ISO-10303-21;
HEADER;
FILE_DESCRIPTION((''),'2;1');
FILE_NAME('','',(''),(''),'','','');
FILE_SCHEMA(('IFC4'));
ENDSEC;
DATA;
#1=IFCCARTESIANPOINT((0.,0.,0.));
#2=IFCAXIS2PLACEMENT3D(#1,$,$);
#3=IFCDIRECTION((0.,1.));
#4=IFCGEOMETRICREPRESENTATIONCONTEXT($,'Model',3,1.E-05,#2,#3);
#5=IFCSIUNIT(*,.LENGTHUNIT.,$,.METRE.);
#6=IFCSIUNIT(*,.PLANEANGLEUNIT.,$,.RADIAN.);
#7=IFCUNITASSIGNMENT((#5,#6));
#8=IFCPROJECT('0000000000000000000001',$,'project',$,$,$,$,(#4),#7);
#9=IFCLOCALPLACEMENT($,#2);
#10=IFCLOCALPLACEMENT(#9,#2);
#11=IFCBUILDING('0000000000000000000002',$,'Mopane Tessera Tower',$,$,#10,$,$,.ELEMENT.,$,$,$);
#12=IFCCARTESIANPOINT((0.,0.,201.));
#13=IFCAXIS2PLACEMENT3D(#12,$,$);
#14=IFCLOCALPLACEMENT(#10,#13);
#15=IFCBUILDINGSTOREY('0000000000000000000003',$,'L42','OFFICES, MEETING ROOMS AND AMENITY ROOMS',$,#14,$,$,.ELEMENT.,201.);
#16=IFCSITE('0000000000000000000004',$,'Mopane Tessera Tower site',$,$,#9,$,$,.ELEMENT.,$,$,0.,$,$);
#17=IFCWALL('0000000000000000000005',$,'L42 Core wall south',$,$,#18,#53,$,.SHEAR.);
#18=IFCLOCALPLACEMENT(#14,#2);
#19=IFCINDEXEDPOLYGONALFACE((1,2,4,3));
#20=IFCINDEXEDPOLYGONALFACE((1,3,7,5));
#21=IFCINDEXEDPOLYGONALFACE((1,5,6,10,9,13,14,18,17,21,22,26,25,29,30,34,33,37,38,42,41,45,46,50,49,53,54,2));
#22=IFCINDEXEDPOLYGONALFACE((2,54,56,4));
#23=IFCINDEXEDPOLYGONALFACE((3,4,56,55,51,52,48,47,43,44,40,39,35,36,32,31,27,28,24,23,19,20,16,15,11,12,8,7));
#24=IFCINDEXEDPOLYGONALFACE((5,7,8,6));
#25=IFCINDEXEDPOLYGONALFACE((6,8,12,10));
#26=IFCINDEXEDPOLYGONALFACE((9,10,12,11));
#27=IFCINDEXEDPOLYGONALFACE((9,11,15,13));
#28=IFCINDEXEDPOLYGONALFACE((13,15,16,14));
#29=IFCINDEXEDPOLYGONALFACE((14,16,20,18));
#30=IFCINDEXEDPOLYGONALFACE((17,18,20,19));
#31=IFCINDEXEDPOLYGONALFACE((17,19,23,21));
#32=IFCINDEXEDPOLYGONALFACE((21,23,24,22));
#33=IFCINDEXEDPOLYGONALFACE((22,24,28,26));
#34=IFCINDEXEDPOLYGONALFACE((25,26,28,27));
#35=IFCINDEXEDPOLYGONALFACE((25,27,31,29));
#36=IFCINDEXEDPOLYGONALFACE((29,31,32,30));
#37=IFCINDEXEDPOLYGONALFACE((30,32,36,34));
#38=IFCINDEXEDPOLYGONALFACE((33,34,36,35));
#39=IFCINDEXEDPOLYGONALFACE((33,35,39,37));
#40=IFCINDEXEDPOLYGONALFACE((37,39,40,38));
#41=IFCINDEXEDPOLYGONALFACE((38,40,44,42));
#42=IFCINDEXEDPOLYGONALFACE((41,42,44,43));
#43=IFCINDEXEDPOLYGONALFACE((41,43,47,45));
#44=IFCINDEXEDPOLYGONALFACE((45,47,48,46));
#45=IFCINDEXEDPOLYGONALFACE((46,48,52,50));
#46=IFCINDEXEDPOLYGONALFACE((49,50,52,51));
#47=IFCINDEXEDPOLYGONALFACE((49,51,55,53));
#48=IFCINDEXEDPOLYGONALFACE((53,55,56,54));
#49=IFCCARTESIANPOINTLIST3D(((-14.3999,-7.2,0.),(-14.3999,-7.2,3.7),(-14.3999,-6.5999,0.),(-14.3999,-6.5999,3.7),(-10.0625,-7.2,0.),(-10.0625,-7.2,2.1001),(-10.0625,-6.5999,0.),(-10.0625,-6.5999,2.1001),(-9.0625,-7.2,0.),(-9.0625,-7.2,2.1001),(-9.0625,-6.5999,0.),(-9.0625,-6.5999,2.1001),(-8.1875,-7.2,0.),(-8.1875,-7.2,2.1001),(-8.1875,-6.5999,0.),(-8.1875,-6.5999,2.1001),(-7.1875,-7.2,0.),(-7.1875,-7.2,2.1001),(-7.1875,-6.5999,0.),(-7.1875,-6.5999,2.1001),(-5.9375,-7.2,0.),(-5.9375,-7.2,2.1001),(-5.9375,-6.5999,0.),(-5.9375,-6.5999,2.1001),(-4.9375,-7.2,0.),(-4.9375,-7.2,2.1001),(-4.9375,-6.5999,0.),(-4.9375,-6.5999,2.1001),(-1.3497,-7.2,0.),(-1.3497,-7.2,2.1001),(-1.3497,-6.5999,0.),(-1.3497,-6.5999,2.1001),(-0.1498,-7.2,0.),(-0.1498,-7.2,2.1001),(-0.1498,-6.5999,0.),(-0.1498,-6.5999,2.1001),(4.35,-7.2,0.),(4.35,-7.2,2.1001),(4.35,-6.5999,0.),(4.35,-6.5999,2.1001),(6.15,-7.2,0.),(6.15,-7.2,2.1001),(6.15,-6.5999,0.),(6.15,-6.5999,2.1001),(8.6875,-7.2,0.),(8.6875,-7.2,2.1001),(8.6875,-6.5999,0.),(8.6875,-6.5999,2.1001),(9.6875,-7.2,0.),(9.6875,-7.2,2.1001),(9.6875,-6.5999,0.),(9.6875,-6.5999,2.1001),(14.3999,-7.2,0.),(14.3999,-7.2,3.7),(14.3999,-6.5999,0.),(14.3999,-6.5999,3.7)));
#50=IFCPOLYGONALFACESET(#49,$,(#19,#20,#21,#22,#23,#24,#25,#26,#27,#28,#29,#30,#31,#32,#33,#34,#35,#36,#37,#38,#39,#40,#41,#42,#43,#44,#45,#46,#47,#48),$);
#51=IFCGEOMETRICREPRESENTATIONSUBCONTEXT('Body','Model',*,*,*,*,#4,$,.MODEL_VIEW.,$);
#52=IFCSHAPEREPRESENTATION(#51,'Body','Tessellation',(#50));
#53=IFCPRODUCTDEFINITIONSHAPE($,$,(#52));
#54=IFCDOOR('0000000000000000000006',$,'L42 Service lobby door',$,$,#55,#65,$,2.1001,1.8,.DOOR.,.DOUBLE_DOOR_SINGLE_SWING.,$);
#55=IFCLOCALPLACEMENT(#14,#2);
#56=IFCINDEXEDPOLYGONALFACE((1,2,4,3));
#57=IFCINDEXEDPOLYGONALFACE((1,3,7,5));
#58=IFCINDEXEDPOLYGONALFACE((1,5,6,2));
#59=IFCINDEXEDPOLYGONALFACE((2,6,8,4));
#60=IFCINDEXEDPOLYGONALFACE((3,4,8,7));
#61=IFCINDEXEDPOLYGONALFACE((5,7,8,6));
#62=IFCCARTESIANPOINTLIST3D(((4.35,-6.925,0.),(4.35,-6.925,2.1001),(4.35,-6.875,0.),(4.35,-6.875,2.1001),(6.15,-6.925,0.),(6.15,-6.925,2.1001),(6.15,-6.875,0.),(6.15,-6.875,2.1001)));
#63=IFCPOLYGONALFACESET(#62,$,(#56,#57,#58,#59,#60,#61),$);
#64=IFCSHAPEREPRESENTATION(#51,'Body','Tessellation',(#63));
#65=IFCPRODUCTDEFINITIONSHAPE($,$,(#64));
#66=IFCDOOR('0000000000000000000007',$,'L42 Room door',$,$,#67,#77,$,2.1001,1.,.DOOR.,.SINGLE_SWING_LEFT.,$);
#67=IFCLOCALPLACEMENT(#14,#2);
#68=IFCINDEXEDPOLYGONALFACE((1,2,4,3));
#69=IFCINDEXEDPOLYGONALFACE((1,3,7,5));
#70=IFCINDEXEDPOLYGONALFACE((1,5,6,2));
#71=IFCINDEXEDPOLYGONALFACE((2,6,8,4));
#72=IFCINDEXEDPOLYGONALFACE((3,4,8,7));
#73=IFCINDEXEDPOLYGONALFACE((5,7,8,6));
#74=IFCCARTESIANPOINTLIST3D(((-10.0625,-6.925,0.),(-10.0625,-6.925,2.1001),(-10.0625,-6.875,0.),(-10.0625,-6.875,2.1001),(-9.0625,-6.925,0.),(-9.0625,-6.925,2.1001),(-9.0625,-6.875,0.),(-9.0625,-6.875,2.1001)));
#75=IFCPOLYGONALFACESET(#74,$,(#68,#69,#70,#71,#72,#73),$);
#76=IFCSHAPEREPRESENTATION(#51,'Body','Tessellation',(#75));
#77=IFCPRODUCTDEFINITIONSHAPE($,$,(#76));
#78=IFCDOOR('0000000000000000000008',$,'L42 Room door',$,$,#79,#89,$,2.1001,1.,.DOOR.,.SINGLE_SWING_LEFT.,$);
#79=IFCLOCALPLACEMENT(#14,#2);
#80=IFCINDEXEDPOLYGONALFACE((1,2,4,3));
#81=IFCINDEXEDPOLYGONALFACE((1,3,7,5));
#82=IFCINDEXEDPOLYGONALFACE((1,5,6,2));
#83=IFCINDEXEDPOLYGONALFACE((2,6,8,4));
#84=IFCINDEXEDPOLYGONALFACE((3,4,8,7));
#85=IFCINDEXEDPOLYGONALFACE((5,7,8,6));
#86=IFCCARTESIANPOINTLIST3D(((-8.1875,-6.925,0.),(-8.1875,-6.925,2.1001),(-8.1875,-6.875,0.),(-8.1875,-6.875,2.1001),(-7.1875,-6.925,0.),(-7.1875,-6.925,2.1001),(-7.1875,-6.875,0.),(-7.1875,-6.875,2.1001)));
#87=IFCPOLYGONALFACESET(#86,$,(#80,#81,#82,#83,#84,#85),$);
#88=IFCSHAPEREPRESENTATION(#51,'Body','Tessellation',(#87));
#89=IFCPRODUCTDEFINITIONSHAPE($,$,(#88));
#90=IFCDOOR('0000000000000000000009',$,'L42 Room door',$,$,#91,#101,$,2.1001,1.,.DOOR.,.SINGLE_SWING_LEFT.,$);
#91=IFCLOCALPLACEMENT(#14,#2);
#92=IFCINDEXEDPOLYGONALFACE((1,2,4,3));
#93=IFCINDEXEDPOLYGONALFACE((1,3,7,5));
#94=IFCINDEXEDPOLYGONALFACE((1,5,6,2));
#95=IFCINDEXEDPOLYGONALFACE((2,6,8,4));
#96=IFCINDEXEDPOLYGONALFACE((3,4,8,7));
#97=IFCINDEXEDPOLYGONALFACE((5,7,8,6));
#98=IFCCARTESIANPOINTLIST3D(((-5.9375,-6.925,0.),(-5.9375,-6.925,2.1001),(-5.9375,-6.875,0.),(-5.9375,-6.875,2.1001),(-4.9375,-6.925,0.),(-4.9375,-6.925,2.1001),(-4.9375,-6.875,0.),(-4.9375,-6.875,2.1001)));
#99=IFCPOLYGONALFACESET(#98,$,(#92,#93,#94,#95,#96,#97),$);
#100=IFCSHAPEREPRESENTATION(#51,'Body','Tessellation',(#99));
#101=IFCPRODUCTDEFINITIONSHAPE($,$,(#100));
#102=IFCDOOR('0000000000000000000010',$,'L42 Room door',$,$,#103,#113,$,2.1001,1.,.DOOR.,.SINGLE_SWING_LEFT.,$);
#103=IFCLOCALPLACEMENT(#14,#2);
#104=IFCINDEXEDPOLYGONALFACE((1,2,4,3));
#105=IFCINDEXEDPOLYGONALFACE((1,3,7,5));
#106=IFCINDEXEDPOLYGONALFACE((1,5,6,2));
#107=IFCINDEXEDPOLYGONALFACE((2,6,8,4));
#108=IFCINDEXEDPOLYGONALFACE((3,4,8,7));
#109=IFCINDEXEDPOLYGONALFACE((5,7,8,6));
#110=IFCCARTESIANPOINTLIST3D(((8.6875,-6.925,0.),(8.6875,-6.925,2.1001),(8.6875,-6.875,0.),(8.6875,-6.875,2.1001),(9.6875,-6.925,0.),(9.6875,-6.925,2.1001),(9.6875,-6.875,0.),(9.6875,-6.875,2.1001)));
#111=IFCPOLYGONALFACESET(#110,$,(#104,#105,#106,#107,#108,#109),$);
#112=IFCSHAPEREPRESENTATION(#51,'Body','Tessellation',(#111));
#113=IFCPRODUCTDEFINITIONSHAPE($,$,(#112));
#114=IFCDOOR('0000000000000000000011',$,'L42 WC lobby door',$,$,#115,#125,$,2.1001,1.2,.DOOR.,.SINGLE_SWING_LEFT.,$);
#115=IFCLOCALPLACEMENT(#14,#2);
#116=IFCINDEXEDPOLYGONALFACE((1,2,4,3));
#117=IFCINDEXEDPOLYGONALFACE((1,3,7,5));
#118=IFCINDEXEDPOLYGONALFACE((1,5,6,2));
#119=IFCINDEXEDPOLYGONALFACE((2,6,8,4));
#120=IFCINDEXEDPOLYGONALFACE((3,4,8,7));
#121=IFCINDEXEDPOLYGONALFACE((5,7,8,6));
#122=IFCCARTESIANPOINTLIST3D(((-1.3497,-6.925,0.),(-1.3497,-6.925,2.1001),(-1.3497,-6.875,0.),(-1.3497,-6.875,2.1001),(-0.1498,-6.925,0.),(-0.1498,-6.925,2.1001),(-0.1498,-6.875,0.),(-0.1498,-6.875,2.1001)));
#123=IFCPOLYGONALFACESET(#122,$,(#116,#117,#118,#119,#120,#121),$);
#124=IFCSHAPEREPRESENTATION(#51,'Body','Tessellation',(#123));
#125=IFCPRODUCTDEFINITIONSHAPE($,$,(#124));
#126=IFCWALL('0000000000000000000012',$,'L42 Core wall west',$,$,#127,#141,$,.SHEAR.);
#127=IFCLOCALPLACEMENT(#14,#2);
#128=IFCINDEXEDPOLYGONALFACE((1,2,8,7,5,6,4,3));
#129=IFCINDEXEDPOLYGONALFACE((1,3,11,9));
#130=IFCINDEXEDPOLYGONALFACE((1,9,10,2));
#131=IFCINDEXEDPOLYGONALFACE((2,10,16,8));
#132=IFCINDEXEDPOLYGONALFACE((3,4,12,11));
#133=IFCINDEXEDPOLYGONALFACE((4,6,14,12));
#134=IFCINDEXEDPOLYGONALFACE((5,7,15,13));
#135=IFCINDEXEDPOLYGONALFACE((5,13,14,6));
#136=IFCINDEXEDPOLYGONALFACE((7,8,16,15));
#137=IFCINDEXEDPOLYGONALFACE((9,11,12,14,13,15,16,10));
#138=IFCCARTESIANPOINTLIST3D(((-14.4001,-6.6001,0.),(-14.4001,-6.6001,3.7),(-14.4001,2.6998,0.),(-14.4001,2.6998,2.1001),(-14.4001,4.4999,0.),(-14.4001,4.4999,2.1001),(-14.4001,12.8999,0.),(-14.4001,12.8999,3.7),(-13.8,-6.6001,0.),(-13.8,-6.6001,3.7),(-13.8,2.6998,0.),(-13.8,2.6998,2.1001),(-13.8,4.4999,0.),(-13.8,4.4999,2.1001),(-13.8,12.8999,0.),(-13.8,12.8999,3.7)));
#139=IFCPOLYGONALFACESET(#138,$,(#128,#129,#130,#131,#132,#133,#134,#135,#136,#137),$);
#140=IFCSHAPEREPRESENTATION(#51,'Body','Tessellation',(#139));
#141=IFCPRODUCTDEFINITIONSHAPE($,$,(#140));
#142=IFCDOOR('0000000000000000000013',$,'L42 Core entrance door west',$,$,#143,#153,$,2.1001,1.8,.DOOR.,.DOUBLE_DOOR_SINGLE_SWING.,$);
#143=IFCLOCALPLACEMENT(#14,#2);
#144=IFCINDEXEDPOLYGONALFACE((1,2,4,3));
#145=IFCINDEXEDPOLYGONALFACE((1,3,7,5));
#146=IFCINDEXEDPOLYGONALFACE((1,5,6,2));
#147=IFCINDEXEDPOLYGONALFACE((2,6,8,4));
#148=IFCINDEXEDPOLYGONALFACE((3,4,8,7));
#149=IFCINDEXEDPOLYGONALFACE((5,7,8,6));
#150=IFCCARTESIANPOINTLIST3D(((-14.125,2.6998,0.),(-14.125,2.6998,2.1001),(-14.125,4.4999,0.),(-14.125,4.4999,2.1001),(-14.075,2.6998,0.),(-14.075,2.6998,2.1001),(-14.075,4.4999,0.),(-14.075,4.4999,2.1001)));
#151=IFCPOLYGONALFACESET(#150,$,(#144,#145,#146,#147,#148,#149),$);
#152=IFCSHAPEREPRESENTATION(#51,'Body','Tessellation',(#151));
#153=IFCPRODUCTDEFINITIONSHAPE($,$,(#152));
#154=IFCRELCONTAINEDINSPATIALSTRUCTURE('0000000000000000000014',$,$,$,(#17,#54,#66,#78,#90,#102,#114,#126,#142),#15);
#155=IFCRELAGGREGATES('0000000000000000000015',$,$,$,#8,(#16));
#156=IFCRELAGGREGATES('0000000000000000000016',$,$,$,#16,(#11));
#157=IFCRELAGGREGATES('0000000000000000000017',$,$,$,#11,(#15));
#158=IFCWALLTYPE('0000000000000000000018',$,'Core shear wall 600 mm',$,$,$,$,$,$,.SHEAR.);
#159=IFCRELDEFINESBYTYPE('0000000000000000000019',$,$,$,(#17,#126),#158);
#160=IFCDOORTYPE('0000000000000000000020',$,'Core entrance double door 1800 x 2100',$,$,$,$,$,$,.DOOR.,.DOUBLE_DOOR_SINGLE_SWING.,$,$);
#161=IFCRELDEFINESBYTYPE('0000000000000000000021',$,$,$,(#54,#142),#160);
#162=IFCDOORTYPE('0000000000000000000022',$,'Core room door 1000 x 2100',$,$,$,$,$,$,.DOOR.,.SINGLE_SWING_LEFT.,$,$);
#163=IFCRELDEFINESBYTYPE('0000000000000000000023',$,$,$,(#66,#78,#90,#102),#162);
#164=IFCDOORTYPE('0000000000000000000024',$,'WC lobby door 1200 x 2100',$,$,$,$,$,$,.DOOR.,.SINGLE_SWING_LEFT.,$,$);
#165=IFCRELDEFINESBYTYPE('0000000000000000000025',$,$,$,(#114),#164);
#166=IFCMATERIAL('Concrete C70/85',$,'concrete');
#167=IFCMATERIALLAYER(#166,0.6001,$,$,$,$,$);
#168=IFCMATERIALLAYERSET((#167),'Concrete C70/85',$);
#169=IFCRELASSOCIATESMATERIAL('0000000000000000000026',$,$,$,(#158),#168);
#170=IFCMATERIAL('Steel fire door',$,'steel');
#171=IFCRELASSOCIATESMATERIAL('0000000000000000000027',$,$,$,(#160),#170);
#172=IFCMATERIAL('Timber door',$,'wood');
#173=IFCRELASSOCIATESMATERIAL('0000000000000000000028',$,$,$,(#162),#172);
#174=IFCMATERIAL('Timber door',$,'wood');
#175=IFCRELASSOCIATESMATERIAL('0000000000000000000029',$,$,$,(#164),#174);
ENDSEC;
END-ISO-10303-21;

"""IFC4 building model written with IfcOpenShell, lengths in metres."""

from ifc_helpers import new_model, si_unit, direction, frame, frame_2d, origin, place, context, subcontext, project, spatial, rectangle, extrude, material, layer, layer_set, type_object, element, fill, save


model = new_model("IFC4")

# Units and contexts
model_context = context("Model", 3, precision=1e-05, world=origin(), true_north=direction((0.0, 1.0)))
body_context = subcontext(model_context, "Body", "Model", "MODEL_VIEW")
ifc_project = project(units=[si_unit("LENGTHUNIT", "METRE"), si_unit("PLANEANGLEUNIT", "RADIAN")], contexts=[model_context])

# Site, building, storey
site_placement = place(None, origin())
site = spatial("IfcSite", under=ifc_project, at=site_placement, Name="Mopane Tessera Tower site", CompositionType="ELEMENT", RefElevation=0.0)
building_placement = place(site_placement, origin())
building = spatial("IfcBuilding", under=site, at=building_placement, Name="Mopane Tessera Tower", CompositionType="ELEMENT")
storey_placement = place(building_placement, frame((0.0, 0.0, 201.0)))
storey = spatial("IfcBuildingStorey", under=building, at=storey_placement, Name="L42", Description="OFFICES, MEETING ROOMS AND AMENITY ROOMS", CompositionType="ELEMENT", Elevation=201.0)

# Wall, openings, doors
ifc_material_1 = material(Name="Concrete C70/85", Category="concrete")
ifc_layer_1 = layer(ifc_material_1, 0.6001)
ifc_layer_set_1 = layer_set([ifc_layer_1], Name="Concrete C70/85")
wall_type_1 = type_object("IfcWallType", Name="Core shear wall 600 mm", PredefinedType="SHEAR", material=ifc_layer_set_1)
wall_1_placement = place(storey_placement, frame((-14.3999, -6.8999, 0.0), z_axis=(0.0, 0.0, 1.0), x_axis=(1.0, 0.0, 0.0)))
wall_1 = element("IfcWall", 1, at=wall_1_placement, inside=storey, type_object=wall_type_1, Name="L42 Core wall south", PredefinedType="SHEAR", context=body_context, shape_type="SweptSolid", body=[
    extrude(rectangle(XDim=28.7998, YDim=0.6001, at=frame_2d((14.3999, 0.0))), origin(), (0.0, 0.0, 1.0), 3.7),
])
opening_1_placement = place(wall_1_placement, frame((4.3374, 0.0, 0.0)))
opening_1 = element("IfcOpeningElement", 2, at=opening_1_placement, cuts=wall_1, PredefinedType="OPENING", context=body_context, shape_type="SweptSolid", body=[
    extrude(rectangle(XDim=1.0, YDim=2.1001, at=frame_2d((0.5, 1.05))), frame((0.0, 0.312, 0.0), z_axis=(0.0, -1.0, 0.0), x_axis=(1.0, 0.0, 0.0)), (0.0, 0.0, 1.0), 0.624),
])
opening_2_placement = place(wall_1_placement, frame((6.2124, 0.0, 0.0)))
opening_2 = element("IfcOpeningElement", 3, at=opening_2_placement, cuts=wall_1, PredefinedType="OPENING", context=body_context, shape_type="SweptSolid", body=[
    extrude(rectangle(XDim=1.0, YDim=2.1001, at=frame_2d((0.5, 1.05))), frame((0.0, 0.312, 0.0), z_axis=(0.0, -1.0, 0.0), x_axis=(1.0, 0.0, 0.0)), (0.0, 0.0, 1.0), 0.624),
])
opening_3_placement = place(wall_1_placement, frame((8.4624, 0.0, 0.0)))
opening_3 = element("IfcOpeningElement", 4, at=opening_3_placement, cuts=wall_1, PredefinedType="OPENING", context=body_context, shape_type="SweptSolid", body=[
    extrude(rectangle(XDim=1.0, YDim=2.1001, at=frame_2d((0.5, 1.05))), frame((0.0, 0.312, 0.0), z_axis=(0.0, -1.0, 0.0), x_axis=(1.0, 0.0, 0.0)), (0.0, 0.0, 1.0), 0.624),
])
opening_4_placement = place(wall_1_placement, frame((13.05, 0.0, 0.0)))
opening_4 = element("IfcOpeningElement", 5, at=opening_4_placement, cuts=wall_1, PredefinedType="OPENING", context=body_context, shape_type="SweptSolid", body=[
    extrude(rectangle(XDim=1.2, YDim=2.1001, at=frame_2d((0.6001, 1.05))), frame((0.0, 0.312, 0.0), z_axis=(0.0, -1.0, 0.0), x_axis=(1.0, 0.0, 0.0)), (0.0, 0.0, 1.0), 0.624),
])
opening_5_placement = place(wall_1_placement, frame((18.75, 0.0, 0.0)))
opening_5 = element("IfcOpeningElement", 6, at=opening_5_placement, cuts=wall_1, PredefinedType="OPENING", context=body_context, shape_type="SweptSolid", body=[
    extrude(rectangle(XDim=1.8, YDim=2.1001, at=frame_2d((0.8999, 1.05))), frame((0.0, 0.312, 0.0), z_axis=(0.0, -1.0, 0.0), x_axis=(1.0, 0.0, 0.0)), (0.0, 0.0, 1.0), 0.624),
])
opening_6_placement = place(wall_1_placement, frame((23.0874, 0.0, 0.0)))
opening_6 = element("IfcOpeningElement", 7, at=opening_6_placement, cuts=wall_1, PredefinedType="OPENING", context=body_context, shape_type="SweptSolid", body=[
    extrude(rectangle(XDim=1.0, YDim=2.1001, at=frame_2d((0.5, 1.05))), frame((0.0, 0.312, 0.0), z_axis=(0.0, -1.0, 0.0), x_axis=(1.0, 0.0, 0.0)), (0.0, 0.0, 1.0), 0.624),
])
ifc_material_2 = material(Name="Steel fire door", Category="steel")
door_type_1 = type_object("IfcDoorType", Name="Core entrance double door 1800 x 2100", OperationType="DOUBLE_DOOR_SINGLE_SWING", PredefinedType="DOOR", material=ifc_material_2)
door_1_placement = place(opening_5_placement, origin())
door_1 = element("IfcDoor", 8, at=door_1_placement, inside=storey, type_object=door_type_1, Name="L42 Service lobby door", OperationType="DOUBLE_DOOR_SINGLE_SWING", OverallHeight=2.1001, OverallWidth=1.8, PredefinedType="DOOR", context=body_context, shape_type="SweptSolid", body=[
    extrude(rectangle(XDim=1.8, YDim=2.1001, at=frame_2d((0.8999, 1.05))), frame((0.0, 0.0249, 0.0), z_axis=(0.0, -1.0, 0.0), x_axis=(1.0, 0.0, 0.0)), (0.0, 0.0, 1.0), 0.05),
])
fill(opening_5, door_1)
ifc_material_3 = material(Name="Timber door", Category="wood")
door_type_2 = type_object("IfcDoorType", Name="Core room door 1000 x 2100", OperationType="SINGLE_SWING_LEFT", PredefinedType="DOOR", material=ifc_material_3)
door_2_placement = place(opening_1_placement, origin())
door_2 = element("IfcDoor", 9, at=door_2_placement, inside=storey, type_object=door_type_2, Name="L42 Room door", OperationType="SINGLE_SWING_LEFT", OverallHeight=2.1001, OverallWidth=1.0, PredefinedType="DOOR", context=body_context, shape_type="SweptSolid", body=[
    extrude(rectangle(XDim=1.0, YDim=2.1001, at=frame_2d((0.5, 1.05))), frame((0.0, 0.0249, 0.0), z_axis=(0.0, -1.0, 0.0), x_axis=(1.0, 0.0, 0.0)), (0.0, 0.0, 1.0), 0.05),
])
fill(opening_1, door_2)
door_3_placement = place(opening_2_placement, origin())
door_3 = element("IfcDoor", 10, at=door_3_placement, inside=storey, type_object=door_type_2, Name="L42 Room door", OperationType="SINGLE_SWING_LEFT", OverallHeight=2.1001, OverallWidth=1.0, PredefinedType="DOOR", context=body_context, shape_type="SweptSolid", body=[
    extrude(rectangle(XDim=1.0, YDim=2.1001, at=frame_2d((0.5, 1.05))), frame((0.0, 0.0249, 0.0), z_axis=(0.0, -1.0, 0.0), x_axis=(1.0, 0.0, 0.0)), (0.0, 0.0, 1.0), 0.05),
])
fill(opening_2, door_3)
door_4_placement = place(opening_3_placement, origin())
door_4 = element("IfcDoor", 11, at=door_4_placement, inside=storey, type_object=door_type_2, Name="L42 Room door", OperationType="SINGLE_SWING_LEFT", OverallHeight=2.1001, OverallWidth=1.0, PredefinedType="DOOR", context=body_context, shape_type="SweptSolid", body=[
    extrude(rectangle(XDim=1.0, YDim=2.1001, at=frame_2d((0.5, 1.05))), frame((0.0, 0.0249, 0.0), z_axis=(0.0, -1.0, 0.0), x_axis=(1.0, 0.0, 0.0)), (0.0, 0.0, 1.0), 0.05),
])
fill(opening_3, door_4)
door_5_placement = place(opening_6_placement, origin())
door_5 = element("IfcDoor", 12, at=door_5_placement, inside=storey, type_object=door_type_2, Name="L42 Room door", OperationType="SINGLE_SWING_LEFT", OverallHeight=2.1001, OverallWidth=1.0, PredefinedType="DOOR", context=body_context, shape_type="SweptSolid", body=[
    extrude(rectangle(XDim=1.0, YDim=2.1001, at=frame_2d((0.5, 1.05))), frame((0.0, 0.0249, 0.0), z_axis=(0.0, -1.0, 0.0), x_axis=(1.0, 0.0, 0.0)), (0.0, 0.0, 1.0), 0.05),
])
fill(opening_6, door_5)
ifc_material_4 = material(Name="Timber door", Category="wood")
door_type_3 = type_object("IfcDoorType", Name="WC lobby door 1200 x 2100", OperationType="SINGLE_SWING_LEFT", PredefinedType="DOOR", material=ifc_material_4)
door_6_placement = place(opening_4_placement, origin())
door_6 = element("IfcDoor", 13, at=door_6_placement, inside=storey, type_object=door_type_3, Name="L42 WC lobby door", OperationType="SINGLE_SWING_LEFT", OverallHeight=2.1001, OverallWidth=1.2, PredefinedType="DOOR", context=body_context, shape_type="SweptSolid", body=[
    extrude(rectangle(XDim=1.2, YDim=2.1001, at=frame_2d((0.6001, 1.05))), frame((0.0, 0.0249, 0.0), z_axis=(0.0, -1.0, 0.0), x_axis=(1.0, 0.0, 0.0)), (0.0, 0.0, 1.0), 0.05),
])
fill(opening_4, door_6)

# Wall, opening, door
wall_2_placement = place(storey_placement, frame((-14.1001, -6.6001, 0.0), z_axis=(0.0, 0.0, 1.0), x_axis=(0.0, 1.0, 0.0)))
wall_2 = element("IfcWall", 14, at=wall_2_placement, inside=storey, type_object=wall_type_1, Name="L42 Core wall west", PredefinedType="SHEAR", context=body_context, shape_type="SweptSolid", body=[
    extrude(rectangle(XDim=19.5, YDim=0.6001, at=frame_2d((9.75, 0.0))), origin(), (0.0, 0.0, 1.0), 3.7),
])
opening_7_placement = place(wall_2_placement, frame((9.3, 0.0, 0.0)))
opening_7 = element("IfcOpeningElement", 15, at=opening_7_placement, cuts=wall_2, PredefinedType="OPENING", context=body_context, shape_type="SweptSolid", body=[
    extrude(rectangle(XDim=1.8, YDim=2.1001, at=frame_2d((0.8999, 1.05))), frame((0.0, 0.312, 0.0), z_axis=(0.0, -1.0, 0.0), x_axis=(1.0, 0.0, 0.0)), (0.0, 0.0, 1.0), 0.624),
])
door_7_placement = place(opening_7_placement, origin())
door_7 = element("IfcDoor", 16, at=door_7_placement, inside=storey, type_object=door_type_1, Name="L42 Core entrance door west", OperationType="DOUBLE_DOOR_SINGLE_SWING", OverallHeight=2.1001, OverallWidth=1.8, PredefinedType="DOOR", context=body_context, shape_type="SweptSolid", body=[
    extrude(rectangle(XDim=1.8, YDim=2.1001, at=frame_2d((0.8999, 1.05))), frame((0.0, 0.0249, 0.0), z_axis=(0.0, -1.0, 0.0), x_axis=(1.0, 0.0, 0.0)), (0.0, 0.0, 1.0), 0.05),
])
fill(opening_7, door_7)

save(model, "model.ifc")
